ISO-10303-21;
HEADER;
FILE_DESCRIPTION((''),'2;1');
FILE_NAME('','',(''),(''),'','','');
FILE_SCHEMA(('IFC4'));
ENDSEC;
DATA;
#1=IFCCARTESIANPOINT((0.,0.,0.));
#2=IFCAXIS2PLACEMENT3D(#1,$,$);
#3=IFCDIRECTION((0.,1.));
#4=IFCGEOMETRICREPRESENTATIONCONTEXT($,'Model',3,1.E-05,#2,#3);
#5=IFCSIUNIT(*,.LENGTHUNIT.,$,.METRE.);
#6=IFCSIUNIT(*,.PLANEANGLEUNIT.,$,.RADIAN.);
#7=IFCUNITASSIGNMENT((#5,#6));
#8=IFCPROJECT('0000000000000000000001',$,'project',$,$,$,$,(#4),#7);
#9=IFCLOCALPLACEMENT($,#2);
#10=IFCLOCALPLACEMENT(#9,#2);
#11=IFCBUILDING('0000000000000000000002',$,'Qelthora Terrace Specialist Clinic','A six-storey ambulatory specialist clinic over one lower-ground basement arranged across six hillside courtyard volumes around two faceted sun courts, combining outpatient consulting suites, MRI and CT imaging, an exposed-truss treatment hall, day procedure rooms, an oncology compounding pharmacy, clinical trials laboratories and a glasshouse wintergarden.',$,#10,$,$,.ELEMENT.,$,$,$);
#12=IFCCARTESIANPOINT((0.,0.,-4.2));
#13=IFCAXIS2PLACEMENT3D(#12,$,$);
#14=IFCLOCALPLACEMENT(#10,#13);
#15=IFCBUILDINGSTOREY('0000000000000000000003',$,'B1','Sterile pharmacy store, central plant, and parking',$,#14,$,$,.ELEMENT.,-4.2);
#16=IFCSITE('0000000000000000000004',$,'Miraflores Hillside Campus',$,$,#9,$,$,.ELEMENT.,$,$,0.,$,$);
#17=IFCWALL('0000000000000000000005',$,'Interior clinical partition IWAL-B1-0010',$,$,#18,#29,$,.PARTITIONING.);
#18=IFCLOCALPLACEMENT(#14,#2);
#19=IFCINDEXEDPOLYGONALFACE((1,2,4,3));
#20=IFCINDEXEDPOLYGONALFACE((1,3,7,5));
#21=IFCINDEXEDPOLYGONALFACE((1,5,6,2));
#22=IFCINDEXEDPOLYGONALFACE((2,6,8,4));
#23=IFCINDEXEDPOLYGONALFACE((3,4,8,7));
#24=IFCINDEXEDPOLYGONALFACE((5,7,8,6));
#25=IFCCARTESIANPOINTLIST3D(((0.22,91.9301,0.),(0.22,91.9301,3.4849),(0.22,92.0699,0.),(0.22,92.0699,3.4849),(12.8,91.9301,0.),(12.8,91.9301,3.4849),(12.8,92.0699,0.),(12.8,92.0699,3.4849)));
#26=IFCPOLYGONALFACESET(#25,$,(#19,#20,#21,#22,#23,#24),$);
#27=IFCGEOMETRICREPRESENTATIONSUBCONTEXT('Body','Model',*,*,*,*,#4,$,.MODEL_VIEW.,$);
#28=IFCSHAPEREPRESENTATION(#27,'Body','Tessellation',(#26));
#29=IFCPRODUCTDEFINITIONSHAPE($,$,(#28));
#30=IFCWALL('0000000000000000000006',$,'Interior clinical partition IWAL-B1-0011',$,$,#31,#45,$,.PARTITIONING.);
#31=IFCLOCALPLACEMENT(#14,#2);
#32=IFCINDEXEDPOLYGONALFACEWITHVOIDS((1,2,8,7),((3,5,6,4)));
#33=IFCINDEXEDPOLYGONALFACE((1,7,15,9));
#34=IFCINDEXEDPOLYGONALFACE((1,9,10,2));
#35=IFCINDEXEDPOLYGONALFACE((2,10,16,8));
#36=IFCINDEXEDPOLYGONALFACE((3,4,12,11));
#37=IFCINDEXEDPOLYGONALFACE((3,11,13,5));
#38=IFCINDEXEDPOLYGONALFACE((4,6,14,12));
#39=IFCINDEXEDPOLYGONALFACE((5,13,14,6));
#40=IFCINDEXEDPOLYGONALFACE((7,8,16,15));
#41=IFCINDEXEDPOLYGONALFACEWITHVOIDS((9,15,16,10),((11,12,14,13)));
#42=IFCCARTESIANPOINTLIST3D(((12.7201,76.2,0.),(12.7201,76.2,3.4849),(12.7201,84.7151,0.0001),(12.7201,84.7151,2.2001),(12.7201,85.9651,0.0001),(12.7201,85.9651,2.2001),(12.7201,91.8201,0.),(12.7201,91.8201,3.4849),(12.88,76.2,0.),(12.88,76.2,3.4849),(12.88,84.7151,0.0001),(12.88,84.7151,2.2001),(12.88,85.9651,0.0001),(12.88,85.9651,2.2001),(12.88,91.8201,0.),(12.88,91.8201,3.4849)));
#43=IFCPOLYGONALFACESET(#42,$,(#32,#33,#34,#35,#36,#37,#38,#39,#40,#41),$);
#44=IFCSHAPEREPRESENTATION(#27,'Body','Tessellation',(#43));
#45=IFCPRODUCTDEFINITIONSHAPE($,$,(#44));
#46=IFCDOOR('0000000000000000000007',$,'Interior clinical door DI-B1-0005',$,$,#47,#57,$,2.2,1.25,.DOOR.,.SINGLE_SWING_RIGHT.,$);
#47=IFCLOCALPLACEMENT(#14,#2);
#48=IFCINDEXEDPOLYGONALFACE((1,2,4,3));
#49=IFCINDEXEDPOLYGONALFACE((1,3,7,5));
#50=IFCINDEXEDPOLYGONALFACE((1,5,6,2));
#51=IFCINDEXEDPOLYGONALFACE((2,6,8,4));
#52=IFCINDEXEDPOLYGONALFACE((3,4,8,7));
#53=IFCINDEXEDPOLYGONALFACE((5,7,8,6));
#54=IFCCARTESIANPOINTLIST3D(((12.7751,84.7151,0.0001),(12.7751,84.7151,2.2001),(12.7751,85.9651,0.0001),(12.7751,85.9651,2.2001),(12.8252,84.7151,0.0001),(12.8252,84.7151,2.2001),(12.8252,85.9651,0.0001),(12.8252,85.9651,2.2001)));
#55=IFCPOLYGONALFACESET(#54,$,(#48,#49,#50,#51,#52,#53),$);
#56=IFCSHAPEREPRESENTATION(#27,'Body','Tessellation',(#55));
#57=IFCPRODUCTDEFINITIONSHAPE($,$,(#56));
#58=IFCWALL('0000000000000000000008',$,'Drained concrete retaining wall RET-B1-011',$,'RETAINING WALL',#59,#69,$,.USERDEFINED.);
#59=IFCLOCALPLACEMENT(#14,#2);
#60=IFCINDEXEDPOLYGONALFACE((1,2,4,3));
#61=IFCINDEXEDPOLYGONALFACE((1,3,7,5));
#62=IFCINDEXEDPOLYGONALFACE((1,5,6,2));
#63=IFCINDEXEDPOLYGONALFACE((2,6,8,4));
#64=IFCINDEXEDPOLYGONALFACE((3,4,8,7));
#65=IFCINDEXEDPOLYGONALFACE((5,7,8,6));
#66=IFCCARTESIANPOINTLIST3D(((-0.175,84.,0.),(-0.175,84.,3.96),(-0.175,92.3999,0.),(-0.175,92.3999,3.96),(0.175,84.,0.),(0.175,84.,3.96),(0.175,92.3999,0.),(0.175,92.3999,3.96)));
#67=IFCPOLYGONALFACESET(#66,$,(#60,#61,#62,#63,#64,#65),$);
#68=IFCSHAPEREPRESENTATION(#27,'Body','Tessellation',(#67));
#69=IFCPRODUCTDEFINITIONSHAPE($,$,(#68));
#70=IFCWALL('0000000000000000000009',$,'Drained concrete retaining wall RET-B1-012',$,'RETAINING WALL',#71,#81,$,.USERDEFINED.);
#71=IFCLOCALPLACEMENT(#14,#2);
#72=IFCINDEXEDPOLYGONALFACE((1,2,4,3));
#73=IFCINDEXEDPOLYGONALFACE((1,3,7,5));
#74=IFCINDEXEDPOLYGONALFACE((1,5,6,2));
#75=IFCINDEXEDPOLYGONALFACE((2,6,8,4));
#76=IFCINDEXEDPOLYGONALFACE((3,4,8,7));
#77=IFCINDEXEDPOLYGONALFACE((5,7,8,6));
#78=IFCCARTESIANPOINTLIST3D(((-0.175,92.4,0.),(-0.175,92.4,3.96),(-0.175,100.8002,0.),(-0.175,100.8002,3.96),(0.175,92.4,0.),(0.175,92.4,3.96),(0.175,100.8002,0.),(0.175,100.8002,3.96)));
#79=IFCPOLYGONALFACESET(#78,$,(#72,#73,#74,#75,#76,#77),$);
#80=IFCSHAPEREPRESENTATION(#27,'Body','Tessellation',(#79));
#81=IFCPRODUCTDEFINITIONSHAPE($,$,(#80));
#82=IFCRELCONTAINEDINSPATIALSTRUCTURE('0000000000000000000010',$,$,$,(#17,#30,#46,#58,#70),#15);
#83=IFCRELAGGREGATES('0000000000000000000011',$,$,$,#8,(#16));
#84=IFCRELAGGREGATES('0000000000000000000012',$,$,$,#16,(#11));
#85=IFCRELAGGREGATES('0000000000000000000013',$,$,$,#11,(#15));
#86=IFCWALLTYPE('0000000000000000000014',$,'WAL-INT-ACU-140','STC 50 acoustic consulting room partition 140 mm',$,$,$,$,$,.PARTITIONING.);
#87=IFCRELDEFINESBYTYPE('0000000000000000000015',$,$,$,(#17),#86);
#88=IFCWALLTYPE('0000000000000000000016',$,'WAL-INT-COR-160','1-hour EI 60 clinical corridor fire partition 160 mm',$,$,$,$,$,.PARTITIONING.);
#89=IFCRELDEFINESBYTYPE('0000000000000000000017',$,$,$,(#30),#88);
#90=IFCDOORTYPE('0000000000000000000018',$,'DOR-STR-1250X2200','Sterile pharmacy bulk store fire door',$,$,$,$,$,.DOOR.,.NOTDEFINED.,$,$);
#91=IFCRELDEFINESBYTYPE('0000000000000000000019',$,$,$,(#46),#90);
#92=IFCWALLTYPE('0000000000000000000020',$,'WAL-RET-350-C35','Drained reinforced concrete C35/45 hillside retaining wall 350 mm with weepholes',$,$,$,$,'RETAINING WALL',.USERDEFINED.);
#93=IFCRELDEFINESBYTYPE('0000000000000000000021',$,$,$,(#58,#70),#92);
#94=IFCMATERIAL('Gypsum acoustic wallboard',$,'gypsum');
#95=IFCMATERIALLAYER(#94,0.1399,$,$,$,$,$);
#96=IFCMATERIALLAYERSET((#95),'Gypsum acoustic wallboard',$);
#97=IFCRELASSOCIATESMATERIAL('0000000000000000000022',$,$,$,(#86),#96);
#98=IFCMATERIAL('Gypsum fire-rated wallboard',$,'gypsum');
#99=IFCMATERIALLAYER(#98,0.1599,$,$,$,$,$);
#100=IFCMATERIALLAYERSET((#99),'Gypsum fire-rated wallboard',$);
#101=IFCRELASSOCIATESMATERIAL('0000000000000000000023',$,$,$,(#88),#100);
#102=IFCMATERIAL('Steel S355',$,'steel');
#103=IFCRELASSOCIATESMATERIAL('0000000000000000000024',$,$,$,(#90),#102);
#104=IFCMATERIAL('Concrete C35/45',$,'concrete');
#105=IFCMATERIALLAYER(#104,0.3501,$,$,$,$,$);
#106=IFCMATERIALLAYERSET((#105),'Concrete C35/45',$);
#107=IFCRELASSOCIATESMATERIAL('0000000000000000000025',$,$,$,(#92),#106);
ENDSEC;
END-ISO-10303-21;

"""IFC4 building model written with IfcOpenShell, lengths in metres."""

from ifc_helpers import new_model, si_unit, direction, frame, frame_2d, origin, place, context, subcontext, project, spatial, rectangle, extrude, material, layer, layer_set, type_object, element, fill, save


model = new_model("IFC4")

# Units and contexts
model_context = context("Model", 3, precision=1e-05, world=origin(), true_north=direction((0.0, 1.0)))
body_context = subcontext(model_context, "Body", "Model", "MODEL_VIEW")
ifc_project = project(units=[si_unit("LENGTHUNIT", "METRE"), si_unit("PLANEANGLEUNIT", "RADIAN")], contexts=[model_context])

# Site, building, storey
site_placement = place(None, origin())
site = spatial("IfcSite", under=ifc_project, at=site_placement, Name="Miraflores Hillside Campus", CompositionType="ELEMENT", RefElevation=0.0)
building_placement = place(site_placement, origin())
building = spatial("IfcBuilding", under=site, at=building_placement, Name="Qelthora Terrace Specialist Clinic", Description="A six-storey ambulatory specialist clinic over one lower-ground basement arranged across six hillside courtyard volumes around two faceted sun courts, combining outpatient consulting suites, MRI and CT imaging, an exposed-truss treatment hall, day procedure rooms, an oncology compounding pharmacy, clinical trials laboratories and a glasshouse wintergarden.", CompositionType="ELEMENT")
storey_placement = place(building_placement, frame((0.0, 0.0, -4.2)))
storey = spatial("IfcBuildingStorey", under=building, at=storey_placement, Name="B1", Description="Sterile pharmacy store, central plant, and parking", CompositionType="ELEMENT", Elevation=-4.2)

# Shared definitions
ifc_material_1 = material(Name="Concrete C35/45", Category="concrete")

# Shared definitions
ifc_material_2 = material(Name="Steel S355", Category="steel")

# Wall
ifc_material_3 = material(Name="Gypsum acoustic wallboard", Category="gypsum")
ifc_layer_1 = layer(ifc_material_3, 0.1399)
ifc_layer_set_1 = layer_set([ifc_layer_1], Name="Gypsum acoustic wallboard")
wall_type_1 = type_object("IfcWallType", Name="WAL-INT-ACU-140", Description="STC 50 acoustic consulting room partition 140 mm", PredefinedType="PARTITIONING", material=ifc_layer_set_1)
wall_1_placement = place(storey_placement, frame((0.22, 92.0, 0.0), z_axis=(0.0, 0.0, 1.0), x_axis=(1.0, 0.0, 0.0)))
element("IfcWall", 1, at=wall_1_placement, inside=storey, type_object=wall_type_1, Name="Interior clinical partition IWAL-B1-0010", PredefinedType="PARTITIONING", context=body_context, shape_type="SweptSolid", body=[
    extrude(rectangle(XDim=12.5801, YDim=0.1399, at=frame_2d((6.29, 0.0))), origin(), (0.0, 0.0, 1.0), 3.4849),
])

# Wall, opening, door
ifc_material_4 = material(Name="Gypsum fire-rated wallboard", Category="gypsum")
ifc_layer_2 = layer(ifc_material_4, 0.1599)
ifc_layer_set_2 = layer_set([ifc_layer_2], Name="Gypsum fire-rated wallboard")
wall_type_2 = type_object("IfcWallType", Name="WAL-INT-COR-160", Description="1-hour EI 60 clinical corridor fire partition 160 mm", PredefinedType="PARTITIONING", material=ifc_layer_set_2)
wall_2_placement = place(storey_placement, frame((12.8, 91.8201, 0.0), z_axis=(0.0, 0.0, 1.0), x_axis=(0.0, -1.0, 0.0)))
wall_2 = element("IfcWall", 2, at=wall_2_placement, inside=storey, type_object=wall_type_2, Name="Interior clinical partition IWAL-B1-0011", PredefinedType="PARTITIONING", context=body_context, shape_type="SweptSolid", body=[
    extrude(rectangle(XDim=15.6201, YDim=0.1599, at=frame_2d((7.8101, 0.0))), origin(), (0.0, 0.0, 1.0), 3.4849),
])
opening_placement = place(wall_2_placement, frame((5.855, 0.0, 0.0)))
opening = element("IfcOpeningElement", 3, at=opening_placement, cuts=wall_2, PredefinedType="OPENING", context=body_context, shape_type="SweptSolid", body=[
    extrude(rectangle(XDim=1.25, YDim=2.2, at=frame_2d((0.625, 1.1001))), frame((0.0, 0.0898, 0.0), z_axis=(0.0, -1.0, 0.0), x_axis=(1.0, 0.0, 0.0)), (0.0, 0.0, 1.0), 0.1799),
])
door_type = type_object("IfcDoorType", Name="DOR-STR-1250X2200", Description="Sterile pharmacy bulk store fire door", OperationType="NOTDEFINED", PredefinedType="DOOR", material=ifc_material_2)
door_placement = place(opening_placement, frame((1.25, 0.0, 0.0), z_axis=(0.0, 0.0, 1.0), x_axis=(-1.0, 0.0, 0.0)))
door = element("IfcDoor", 4, at=door_placement, inside=storey, type_object=door_type, Name="Interior clinical door DI-B1-0005", OperationType="SINGLE_SWING_RIGHT", OverallHeight=2.2, OverallWidth=1.25, PredefinedType="DOOR", context=body_context, shape_type="SweptSolid", body=[
    extrude(rectangle(XDim=1.25, YDim=2.2, at=frame_2d((0.625, 1.1001))), frame((0.0, 0.0249, 0.0), z_axis=(0.0, -1.0, 0.0), x_axis=(1.0, 0.0, 0.0)), (0.0, 0.0, 1.0), 0.05),
])
fill(opening, door)

# Walls
ifc_layer_3 = layer(ifc_material_1, 0.3501)
ifc_layer_set_3 = layer_set([ifc_layer_3], Name="Concrete C35/45")
wall_type_3 = type_object("IfcWallType", Name="WAL-RET-350-C35", Description="Drained reinforced concrete C35/45 hillside retaining wall 350 mm with weepholes", ElementType="RETAINING WALL", PredefinedType="USERDEFINED", material=ifc_layer_set_3)
wall_3_placement = place(storey_placement, frame((0.0, 84.0, 0.0), z_axis=(0.0, 0.0, 1.0), x_axis=(0.0, 1.0, 0.0)))
element("IfcWall", 5, at=wall_3_placement, inside=storey, type_object=wall_type_3, Name="Drained concrete retaining wall RET-B1-011", ObjectType="RETAINING WALL", PredefinedType="USERDEFINED", context=body_context, shape_type="SweptSolid", body=[
    extrude(rectangle(XDim=8.3999, YDim=0.3501, at=frame_2d((4.2, 0.0))), origin(), (0.0, 0.0, 1.0), 3.96),
])
wall_4_placement = place(storey_placement, frame((0.0, 92.3999, 0.0), z_axis=(0.0, 0.0, 1.0), x_axis=(0.0, 1.0, 0.0)))
element("IfcWall", 6, at=wall_4_placement, inside=storey, type_object=wall_type_3, Name="Drained concrete retaining wall RET-B1-012", ObjectType="RETAINING WALL", PredefinedType="USERDEFINED", context=body_context, shape_type="SweptSolid", body=[
    extrude(rectangle(XDim=8.4001, YDim=0.3501, at=frame_2d((4.2002, 0.0))), origin(), (0.0, 0.0, 1.0), 3.96),
])

save(model, "model.ifc")
